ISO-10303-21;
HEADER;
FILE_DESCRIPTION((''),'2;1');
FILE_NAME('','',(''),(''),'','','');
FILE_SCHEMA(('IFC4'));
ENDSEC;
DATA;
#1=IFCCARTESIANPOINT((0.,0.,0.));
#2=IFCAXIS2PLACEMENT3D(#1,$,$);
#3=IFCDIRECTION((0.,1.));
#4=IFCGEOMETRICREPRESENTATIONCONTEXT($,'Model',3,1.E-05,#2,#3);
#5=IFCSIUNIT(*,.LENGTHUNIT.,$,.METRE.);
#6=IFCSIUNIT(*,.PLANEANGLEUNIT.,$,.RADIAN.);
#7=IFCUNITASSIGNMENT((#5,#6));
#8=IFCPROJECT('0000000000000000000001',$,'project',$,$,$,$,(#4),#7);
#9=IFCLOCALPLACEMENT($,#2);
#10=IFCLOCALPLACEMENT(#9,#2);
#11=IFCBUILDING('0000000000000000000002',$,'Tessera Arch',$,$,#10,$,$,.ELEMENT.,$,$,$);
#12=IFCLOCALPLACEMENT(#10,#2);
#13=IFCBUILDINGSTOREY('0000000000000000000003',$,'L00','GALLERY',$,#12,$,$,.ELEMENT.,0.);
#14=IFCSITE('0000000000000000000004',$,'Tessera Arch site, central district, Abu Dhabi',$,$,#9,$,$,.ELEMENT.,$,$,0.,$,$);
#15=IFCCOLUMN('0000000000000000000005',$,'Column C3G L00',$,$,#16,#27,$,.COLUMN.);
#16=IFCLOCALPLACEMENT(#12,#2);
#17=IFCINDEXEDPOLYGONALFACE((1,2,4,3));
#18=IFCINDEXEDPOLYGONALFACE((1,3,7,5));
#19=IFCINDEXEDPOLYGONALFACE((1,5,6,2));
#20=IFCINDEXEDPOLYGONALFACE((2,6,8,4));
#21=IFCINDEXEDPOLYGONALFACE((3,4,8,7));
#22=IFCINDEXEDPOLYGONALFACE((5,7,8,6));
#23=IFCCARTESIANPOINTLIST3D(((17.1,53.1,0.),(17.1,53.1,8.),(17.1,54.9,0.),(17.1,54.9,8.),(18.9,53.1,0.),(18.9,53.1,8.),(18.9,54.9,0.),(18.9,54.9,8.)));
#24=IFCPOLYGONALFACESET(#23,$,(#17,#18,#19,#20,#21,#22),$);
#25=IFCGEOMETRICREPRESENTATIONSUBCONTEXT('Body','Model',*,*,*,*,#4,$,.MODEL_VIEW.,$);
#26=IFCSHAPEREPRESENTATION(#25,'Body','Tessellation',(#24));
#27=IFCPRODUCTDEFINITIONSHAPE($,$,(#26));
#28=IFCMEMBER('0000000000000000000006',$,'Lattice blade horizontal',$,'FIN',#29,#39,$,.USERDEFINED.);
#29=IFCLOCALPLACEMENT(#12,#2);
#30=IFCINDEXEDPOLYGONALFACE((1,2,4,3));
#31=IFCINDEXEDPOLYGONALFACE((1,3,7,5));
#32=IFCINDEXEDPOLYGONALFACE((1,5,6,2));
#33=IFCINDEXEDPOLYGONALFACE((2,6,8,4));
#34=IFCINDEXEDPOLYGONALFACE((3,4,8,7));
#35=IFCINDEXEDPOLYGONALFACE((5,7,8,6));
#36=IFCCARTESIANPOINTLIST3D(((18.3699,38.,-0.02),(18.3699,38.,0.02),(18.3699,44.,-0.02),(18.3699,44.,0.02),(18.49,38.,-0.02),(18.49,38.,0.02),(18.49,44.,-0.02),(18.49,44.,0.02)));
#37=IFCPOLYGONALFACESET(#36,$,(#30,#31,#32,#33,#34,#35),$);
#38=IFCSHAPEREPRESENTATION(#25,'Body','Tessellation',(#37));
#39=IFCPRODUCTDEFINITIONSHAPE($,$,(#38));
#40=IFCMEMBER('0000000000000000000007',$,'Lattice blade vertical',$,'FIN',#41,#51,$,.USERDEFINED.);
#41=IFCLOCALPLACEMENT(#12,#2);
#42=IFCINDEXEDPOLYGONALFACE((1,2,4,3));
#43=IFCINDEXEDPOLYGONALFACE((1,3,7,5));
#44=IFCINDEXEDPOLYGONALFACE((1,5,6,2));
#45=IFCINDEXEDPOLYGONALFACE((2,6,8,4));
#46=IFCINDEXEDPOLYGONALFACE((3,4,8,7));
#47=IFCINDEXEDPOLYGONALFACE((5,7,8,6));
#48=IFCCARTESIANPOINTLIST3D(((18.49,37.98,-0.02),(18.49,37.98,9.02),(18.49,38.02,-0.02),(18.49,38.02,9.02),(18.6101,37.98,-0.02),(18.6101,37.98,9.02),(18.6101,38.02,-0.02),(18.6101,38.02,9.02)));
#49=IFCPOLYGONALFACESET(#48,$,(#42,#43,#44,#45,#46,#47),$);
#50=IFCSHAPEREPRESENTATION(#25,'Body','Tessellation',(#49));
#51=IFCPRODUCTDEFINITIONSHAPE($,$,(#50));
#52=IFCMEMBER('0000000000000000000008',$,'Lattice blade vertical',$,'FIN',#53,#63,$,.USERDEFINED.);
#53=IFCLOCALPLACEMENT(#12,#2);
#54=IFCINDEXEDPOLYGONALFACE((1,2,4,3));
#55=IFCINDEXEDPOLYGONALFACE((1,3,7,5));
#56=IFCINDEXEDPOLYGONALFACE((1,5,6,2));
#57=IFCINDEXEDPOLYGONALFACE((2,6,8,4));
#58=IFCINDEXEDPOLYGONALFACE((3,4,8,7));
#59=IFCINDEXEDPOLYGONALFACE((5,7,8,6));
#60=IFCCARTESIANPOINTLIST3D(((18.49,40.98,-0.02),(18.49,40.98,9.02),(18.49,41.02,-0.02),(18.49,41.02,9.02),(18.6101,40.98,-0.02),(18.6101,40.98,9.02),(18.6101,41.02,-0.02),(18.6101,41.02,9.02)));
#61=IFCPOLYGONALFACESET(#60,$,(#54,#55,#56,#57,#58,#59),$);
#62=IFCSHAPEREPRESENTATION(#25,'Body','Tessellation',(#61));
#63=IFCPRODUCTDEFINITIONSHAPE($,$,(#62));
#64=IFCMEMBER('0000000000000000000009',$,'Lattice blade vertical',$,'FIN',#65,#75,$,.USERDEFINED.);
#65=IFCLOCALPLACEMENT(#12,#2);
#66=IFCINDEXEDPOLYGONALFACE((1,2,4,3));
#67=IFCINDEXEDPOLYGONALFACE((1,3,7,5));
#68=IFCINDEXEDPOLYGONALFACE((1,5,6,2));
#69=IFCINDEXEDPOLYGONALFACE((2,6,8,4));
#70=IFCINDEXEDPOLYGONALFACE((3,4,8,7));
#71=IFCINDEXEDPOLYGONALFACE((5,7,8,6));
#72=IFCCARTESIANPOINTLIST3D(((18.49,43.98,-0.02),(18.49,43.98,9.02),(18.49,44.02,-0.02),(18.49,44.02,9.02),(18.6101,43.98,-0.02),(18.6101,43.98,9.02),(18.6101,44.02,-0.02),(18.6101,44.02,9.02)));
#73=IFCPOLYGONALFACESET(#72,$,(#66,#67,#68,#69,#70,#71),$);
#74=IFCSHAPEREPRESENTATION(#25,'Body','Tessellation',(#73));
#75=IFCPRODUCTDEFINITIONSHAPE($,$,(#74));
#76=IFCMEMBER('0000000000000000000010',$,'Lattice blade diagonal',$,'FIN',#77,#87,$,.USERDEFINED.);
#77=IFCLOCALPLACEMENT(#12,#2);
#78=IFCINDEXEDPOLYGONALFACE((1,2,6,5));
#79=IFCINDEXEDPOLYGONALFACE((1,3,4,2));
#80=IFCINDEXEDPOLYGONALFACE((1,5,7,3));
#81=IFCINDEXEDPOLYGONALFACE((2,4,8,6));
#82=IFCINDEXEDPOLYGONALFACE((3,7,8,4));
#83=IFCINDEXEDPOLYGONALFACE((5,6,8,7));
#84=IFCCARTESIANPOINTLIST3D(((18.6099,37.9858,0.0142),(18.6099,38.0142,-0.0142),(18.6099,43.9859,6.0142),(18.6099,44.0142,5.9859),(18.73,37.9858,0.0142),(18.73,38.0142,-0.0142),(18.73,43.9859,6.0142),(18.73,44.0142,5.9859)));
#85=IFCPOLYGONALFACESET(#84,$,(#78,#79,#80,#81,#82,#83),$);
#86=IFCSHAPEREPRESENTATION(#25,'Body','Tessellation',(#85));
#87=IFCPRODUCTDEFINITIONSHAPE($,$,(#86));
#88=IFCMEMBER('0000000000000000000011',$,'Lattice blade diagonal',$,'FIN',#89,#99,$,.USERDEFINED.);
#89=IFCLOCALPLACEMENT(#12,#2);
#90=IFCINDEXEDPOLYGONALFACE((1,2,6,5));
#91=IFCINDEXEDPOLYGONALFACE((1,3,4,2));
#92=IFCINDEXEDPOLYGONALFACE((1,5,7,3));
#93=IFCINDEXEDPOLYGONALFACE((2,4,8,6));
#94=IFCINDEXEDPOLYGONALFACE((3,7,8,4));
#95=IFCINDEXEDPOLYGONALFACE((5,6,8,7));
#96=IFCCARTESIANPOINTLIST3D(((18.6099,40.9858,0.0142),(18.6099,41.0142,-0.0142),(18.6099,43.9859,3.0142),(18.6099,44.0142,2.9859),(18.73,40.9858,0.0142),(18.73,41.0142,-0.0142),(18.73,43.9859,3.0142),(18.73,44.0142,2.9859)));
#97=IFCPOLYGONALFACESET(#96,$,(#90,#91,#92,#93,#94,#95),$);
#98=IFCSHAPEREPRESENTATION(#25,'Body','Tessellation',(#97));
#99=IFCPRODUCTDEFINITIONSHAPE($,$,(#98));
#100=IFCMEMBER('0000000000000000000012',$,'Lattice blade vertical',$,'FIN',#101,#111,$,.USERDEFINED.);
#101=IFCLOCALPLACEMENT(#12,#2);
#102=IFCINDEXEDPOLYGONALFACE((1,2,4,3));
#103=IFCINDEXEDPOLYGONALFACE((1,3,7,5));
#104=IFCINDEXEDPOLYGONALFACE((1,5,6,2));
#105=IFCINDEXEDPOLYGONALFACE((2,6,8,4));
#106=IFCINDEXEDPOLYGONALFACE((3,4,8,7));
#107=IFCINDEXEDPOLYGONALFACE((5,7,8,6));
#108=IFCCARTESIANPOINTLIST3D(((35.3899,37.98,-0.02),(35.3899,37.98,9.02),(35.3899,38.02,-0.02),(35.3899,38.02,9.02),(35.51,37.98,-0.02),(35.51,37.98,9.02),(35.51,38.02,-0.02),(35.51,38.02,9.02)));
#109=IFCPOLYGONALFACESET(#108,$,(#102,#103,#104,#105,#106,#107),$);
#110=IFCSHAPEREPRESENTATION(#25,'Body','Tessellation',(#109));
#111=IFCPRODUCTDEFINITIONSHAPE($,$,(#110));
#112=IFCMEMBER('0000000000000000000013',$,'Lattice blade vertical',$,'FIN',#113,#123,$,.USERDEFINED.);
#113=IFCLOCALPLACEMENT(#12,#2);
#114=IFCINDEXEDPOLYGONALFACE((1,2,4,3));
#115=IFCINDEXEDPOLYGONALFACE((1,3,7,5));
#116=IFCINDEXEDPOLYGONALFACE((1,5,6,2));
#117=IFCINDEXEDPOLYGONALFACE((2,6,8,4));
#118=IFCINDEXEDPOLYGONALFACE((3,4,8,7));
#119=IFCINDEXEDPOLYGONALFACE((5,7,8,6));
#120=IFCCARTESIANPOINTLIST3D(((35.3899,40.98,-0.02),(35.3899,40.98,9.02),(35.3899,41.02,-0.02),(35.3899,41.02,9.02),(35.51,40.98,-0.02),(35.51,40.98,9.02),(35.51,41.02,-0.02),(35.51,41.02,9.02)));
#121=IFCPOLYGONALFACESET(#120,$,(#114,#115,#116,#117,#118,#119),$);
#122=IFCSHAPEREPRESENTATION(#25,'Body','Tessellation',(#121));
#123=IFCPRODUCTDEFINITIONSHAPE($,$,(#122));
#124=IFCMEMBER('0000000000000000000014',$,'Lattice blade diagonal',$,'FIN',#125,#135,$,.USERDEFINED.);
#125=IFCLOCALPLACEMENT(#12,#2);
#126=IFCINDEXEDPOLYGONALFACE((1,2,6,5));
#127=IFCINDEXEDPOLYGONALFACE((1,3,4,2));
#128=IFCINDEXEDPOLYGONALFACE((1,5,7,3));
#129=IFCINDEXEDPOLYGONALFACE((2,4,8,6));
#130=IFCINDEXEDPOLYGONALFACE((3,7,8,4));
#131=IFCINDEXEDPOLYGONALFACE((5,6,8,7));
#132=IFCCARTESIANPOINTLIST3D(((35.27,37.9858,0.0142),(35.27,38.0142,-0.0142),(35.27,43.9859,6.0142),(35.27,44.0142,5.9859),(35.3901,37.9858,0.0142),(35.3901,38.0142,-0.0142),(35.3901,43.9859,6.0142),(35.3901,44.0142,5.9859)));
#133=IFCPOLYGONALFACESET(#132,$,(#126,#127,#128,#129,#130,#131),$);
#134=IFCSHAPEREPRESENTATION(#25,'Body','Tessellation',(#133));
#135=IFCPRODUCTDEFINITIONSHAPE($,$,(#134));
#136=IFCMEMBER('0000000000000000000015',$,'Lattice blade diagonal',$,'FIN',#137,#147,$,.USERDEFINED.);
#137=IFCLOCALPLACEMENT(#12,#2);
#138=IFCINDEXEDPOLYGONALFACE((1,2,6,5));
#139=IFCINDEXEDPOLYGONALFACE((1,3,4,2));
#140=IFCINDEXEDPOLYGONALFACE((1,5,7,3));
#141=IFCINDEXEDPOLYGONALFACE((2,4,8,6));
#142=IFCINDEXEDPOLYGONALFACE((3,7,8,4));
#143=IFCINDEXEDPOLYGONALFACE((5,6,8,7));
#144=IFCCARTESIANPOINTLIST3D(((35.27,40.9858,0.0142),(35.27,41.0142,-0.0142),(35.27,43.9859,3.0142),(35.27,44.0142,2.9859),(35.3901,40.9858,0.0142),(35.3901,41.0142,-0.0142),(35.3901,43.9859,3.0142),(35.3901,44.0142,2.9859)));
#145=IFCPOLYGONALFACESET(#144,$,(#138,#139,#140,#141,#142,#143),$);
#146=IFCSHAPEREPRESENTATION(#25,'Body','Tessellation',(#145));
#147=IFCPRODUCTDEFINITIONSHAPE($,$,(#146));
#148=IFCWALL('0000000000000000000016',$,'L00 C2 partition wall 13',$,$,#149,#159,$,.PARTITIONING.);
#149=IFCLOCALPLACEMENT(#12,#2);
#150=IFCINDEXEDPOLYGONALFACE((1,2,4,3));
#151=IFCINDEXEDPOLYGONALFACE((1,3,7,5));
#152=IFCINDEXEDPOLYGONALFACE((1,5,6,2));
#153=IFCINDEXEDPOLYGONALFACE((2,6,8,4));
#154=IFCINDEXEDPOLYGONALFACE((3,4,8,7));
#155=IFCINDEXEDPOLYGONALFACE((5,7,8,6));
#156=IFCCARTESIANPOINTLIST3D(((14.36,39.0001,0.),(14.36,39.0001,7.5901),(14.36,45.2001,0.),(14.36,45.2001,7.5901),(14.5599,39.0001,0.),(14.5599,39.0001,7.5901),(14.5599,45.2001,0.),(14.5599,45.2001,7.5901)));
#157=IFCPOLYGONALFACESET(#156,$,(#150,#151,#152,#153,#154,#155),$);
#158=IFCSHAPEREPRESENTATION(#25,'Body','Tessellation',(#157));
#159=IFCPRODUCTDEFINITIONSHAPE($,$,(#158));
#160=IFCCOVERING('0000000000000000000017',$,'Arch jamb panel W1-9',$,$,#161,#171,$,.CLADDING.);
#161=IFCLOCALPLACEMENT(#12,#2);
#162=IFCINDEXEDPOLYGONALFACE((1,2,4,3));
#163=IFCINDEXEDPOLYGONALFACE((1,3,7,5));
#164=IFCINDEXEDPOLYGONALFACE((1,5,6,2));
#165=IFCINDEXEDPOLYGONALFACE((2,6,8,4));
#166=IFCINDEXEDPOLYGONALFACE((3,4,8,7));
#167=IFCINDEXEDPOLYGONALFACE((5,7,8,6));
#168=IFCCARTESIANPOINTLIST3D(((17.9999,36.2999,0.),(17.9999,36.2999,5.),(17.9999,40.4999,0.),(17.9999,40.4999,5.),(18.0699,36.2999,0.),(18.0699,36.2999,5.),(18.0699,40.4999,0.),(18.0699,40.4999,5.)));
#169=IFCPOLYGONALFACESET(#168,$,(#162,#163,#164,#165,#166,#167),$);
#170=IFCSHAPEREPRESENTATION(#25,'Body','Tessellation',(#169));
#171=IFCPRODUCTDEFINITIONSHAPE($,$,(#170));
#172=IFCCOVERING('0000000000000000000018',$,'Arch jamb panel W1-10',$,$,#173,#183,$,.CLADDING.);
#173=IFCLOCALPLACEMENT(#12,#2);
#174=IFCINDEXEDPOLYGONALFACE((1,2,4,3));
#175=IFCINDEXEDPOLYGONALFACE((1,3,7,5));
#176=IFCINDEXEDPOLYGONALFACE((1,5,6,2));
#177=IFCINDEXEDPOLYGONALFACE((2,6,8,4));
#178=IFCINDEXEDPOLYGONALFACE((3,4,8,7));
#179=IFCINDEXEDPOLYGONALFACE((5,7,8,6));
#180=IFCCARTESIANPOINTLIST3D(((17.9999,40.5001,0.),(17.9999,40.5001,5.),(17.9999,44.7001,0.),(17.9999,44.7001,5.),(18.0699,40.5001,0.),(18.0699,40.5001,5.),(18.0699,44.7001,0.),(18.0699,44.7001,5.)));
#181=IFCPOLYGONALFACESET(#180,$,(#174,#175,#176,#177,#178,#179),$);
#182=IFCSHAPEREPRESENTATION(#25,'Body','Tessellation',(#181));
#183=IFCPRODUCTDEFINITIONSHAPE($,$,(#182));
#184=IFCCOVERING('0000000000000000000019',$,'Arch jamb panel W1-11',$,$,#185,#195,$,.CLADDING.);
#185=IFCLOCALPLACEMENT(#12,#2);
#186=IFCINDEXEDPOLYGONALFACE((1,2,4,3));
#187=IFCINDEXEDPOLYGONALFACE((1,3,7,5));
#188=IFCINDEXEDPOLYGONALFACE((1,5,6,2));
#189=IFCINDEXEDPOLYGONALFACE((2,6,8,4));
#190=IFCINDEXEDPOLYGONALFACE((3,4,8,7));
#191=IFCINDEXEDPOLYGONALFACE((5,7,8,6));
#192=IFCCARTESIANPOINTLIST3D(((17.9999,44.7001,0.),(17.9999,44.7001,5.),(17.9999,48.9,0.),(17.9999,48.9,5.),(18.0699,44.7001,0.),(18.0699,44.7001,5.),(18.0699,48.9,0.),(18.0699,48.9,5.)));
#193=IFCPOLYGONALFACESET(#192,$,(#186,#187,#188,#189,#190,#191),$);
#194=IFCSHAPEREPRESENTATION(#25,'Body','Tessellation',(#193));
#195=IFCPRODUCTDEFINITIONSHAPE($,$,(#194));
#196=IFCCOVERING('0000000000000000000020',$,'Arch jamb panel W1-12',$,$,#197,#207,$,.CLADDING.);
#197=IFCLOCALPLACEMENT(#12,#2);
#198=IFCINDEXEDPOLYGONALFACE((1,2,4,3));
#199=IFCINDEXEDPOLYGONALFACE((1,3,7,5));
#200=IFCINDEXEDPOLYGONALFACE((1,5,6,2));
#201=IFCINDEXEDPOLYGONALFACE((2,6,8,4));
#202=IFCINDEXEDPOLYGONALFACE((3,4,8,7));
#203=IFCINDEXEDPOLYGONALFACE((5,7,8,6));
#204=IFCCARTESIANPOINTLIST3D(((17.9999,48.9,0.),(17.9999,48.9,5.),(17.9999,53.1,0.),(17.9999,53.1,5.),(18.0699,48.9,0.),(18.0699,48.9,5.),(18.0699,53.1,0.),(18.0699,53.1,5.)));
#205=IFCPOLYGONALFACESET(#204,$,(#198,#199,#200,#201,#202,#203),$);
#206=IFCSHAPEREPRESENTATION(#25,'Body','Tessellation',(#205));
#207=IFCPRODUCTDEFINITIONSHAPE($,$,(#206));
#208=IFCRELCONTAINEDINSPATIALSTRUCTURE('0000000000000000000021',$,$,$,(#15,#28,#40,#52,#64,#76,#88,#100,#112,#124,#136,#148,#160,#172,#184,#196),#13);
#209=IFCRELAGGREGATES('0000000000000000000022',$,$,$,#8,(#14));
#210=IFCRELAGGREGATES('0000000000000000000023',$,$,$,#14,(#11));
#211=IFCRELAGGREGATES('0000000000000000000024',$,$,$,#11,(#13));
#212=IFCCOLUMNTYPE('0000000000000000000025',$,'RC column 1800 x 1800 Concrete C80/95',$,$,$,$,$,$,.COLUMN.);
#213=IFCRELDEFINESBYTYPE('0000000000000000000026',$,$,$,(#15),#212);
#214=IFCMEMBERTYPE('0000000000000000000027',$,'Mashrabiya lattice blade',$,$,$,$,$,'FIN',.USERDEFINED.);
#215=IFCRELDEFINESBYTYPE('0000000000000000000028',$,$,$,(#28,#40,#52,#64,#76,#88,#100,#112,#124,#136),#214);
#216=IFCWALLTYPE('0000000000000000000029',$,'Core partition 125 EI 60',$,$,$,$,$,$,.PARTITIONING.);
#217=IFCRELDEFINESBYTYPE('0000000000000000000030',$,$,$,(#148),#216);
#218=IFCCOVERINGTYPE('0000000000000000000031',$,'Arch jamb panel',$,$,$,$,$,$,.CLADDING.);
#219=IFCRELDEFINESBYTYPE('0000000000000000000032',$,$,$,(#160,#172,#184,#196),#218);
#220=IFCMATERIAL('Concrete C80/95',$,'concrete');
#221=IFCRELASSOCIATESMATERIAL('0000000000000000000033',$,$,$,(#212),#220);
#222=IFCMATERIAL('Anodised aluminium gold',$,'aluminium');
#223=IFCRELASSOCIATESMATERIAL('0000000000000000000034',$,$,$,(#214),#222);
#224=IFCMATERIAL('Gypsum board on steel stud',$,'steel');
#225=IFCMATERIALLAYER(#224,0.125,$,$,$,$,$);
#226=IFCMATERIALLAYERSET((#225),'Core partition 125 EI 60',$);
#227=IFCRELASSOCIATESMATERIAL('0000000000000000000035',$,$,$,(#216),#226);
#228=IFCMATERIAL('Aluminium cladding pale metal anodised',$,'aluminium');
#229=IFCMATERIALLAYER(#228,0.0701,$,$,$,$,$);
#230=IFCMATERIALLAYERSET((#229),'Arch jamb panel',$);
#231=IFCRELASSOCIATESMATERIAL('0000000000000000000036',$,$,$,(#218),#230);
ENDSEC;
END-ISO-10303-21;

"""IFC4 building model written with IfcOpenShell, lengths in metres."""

from ifc_helpers import new_model, si_unit, direction, frame, frame_2d, origin, origin_2d, place, context, subcontext, project, spatial, rectangle, extrude, material, layer, layer_set, material_profile, profile_set, type_object, element, save


model = new_model("IFC4")

# Units and contexts
model_context = context("Model", 3, precision=1e-05, world=origin(), true_north=direction((0.0, 1.0)))
body_context = subcontext(model_context, "Body", "Model", "MODEL_VIEW")
ifc_project = project(units=[si_unit("LENGTHUNIT", "METRE"), si_unit("PLANEANGLEUNIT", "RADIAN")], contexts=[model_context])

# Site, building, storey
site_placement = place(None, origin())
site = spatial("IfcSite", under=ifc_project, at=site_placement, Name="Tessera Arch site, central district, Abu Dhabi", CompositionType="ELEMENT", RefElevation=0.0)
building_placement = place(site_placement, origin())
building = spatial("IfcBuilding", under=site, at=building_placement, Name="Tessera Arch", CompositionType="ELEMENT")
storey_placement = place(building_placement, origin())
storey = spatial("IfcBuildingStorey", under=building, at=storey_placement, Name="L00", Description="GALLERY", CompositionType="ELEMENT", Elevation=0.0)

# Column
ifc_material_1 = material(Name="Concrete C80/95", Category="concrete")
ifc_material_profile_1 = material_profile(ifc_material_1, rectangle(XDim=1.8, YDim=1.8, at=origin_2d()), Name="RC column 1800 x 1800 Concrete C80/95")
ifc_profile_set_1 = profile_set([ifc_material_profile_1], Name="Concrete C80/95")
column_type = type_object("IfcColumnType", Name="RC column 1800 x 1800 Concrete C80/95", PredefinedType="COLUMN", material=ifc_profile_set_1)
column_placement = place(storey_placement, frame((18.0, 54.0, 0.0), z_axis=(0.0, 0.0, 1.0), x_axis=(1.0, 0.0, 0.0)))
element("IfcColumn", 1, at=column_placement, inside=storey, type_object=column_type, Name="Column C3G L00", PredefinedType="COLUMN", context=body_context, shape_type="SweptSolid", body=[
    extrude(rectangle(XDim=1.8, YDim=1.8, at=origin_2d()), origin(), (0.0, 0.0, 1.0), 8.0),
])

# Members
ifc_material_2 = material(Name="Anodised aluminium gold", Category="aluminium")
ifc_material_profile_2 = material_profile(ifc_material_2, rectangle(XDim=0.1201, YDim=0.04, at=origin_2d()), Name="AL 40x120")
ifc_profile_set_2 = profile_set([ifc_material_profile_2], Name="Anodised aluminium gold")
member_type = type_object("IfcMemberType", Name="Mashrabiya lattice blade", ElementType="FIN", PredefinedType="USERDEFINED", material=ifc_profile_set_2)
member_1_placement = place(storey_placement, frame((18.4299, 38.0, 0.0), z_axis=(0.0, 1.0, 0.0), x_axis=(-1.0, 0.0, 0.0)))
element("IfcMember", 2, at=member_1_placement, inside=storey, type_object=member_type, Name="Lattice blade horizontal", ObjectType="FIN", PredefinedType="USERDEFINED", context=body_context, shape_type="SweptSolid", body=[
    extrude(rectangle(XDim=0.1201, YDim=0.04, at=origin_2d()), origin(), (0.0, 0.0, 1.0), 6.0),
])
for number, where, z_axis, x_axis, name in (
    (3, (18.55, 38.0, -0.02), (0.0, 0.0, 1.0), (1.0, 0.0, 0.0), "Lattice blade vertical"),
    (4, (18.55, 41.0, -0.02), (0.0, 0.0, 1.0), (1.0, 0.0, 0.0), "Lattice blade vertical"),
    (5, (18.55, 44.0, -0.02), (0.0, 0.0, 1.0), (1.0, 0.0, 0.0), "Lattice blade vertical"),
):
    element("IfcMember", number, at=place(storey_placement, frame(where, z_axis=z_axis, x_axis=x_axis)), inside=storey, type_object=member_type, Name=name, ObjectType="FIN", PredefinedType="USERDEFINED", context=body_context, shape_type="SweptSolid", body=[
        extrude(rectangle(XDim=0.1201, YDim=0.04, at=origin_2d()), origin(), (0.0, 0.0, 1.0), 9.04),
    ])
member_2_placement = place(storey_placement, frame((18.6699, 38.0, 0.0), z_axis=(0.0, 0.707107, 0.707107), x_axis=(-1.0, 0.0, 0.0)))
element("IfcMember", 6, at=member_2_placement, inside=storey, type_object=member_type, Name="Lattice blade diagonal", ObjectType="FIN", PredefinedType="USERDEFINED", context=body_context, shape_type="SweptSolid", body=[
    extrude(rectangle(XDim=0.1201, YDim=0.04, at=origin_2d()), origin(), (0.0, 0.0, 1.0), 8.4854),
])
member_3_placement = place(storey_placement, frame((18.6699, 41.0, 0.0), z_axis=(0.0, 0.707107, 0.707107), x_axis=(-1.0, 0.0, 0.0)))
element("IfcMember", 7, at=member_3_placement, inside=storey, type_object=member_type, Name="Lattice blade diagonal", ObjectType="FIN", PredefinedType="USERDEFINED", context=body_context, shape_type="SweptSolid", body=[
    extrude(rectangle(XDim=0.1201, YDim=0.04, at=origin_2d()), origin(), (0.0, 0.0, 1.0), 4.2427),
])
for number, where, z_axis, x_axis, name in (
    (8, (35.45, 38.0, -0.02), (0.0, 0.0, 1.0), (-1.0, 0.0, 0.0), "Lattice blade vertical"),
    (9, (35.45, 41.0, -0.02), (0.0, 0.0, 1.0), (-1.0, 0.0, 0.0), "Lattice blade vertical"),
):
    element("IfcMember", number, at=place(storey_placement, frame(where, z_axis=z_axis, x_axis=x_axis)), inside=storey, type_object=member_type, Name=name, ObjectType="FIN", PredefinedType="USERDEFINED", context=body_context, shape_type="SweptSolid", body=[
        extrude(rectangle(XDim=0.1201, YDim=0.04, at=origin_2d()), origin(), (0.0, 0.0, 1.0), 9.04),
    ])
member_4_placement = place(storey_placement, frame((35.3301, 38.0, 0.0), z_axis=(0.0, 0.707107, 0.707107), x_axis=(-1.0, 0.0, 0.0)))
element("IfcMember", 10, at=member_4_placement, inside=storey, type_object=member_type, Name="Lattice blade diagonal", ObjectType="FIN", PredefinedType="USERDEFINED", context=body_context, shape_type="SweptSolid", body=[
    extrude(rectangle(XDim=0.1201, YDim=0.04, at=origin_2d()), origin(), (0.0, 0.0, 1.0), 8.4854),
])
member_5_placement = place(storey_placement, frame((35.3301, 41.0, 0.0), z_axis=(0.0, 0.707107, 0.707107), x_axis=(-1.0, 0.0, 0.0)))
element("IfcMember", 11, at=member_5_placement, inside=storey, type_object=member_type, Name="Lattice blade diagonal", ObjectType="FIN", PredefinedType="USERDEFINED", context=body_context, shape_type="SweptSolid", body=[
    extrude(rectangle(XDim=0.1201, YDim=0.04, at=origin_2d()), origin(), (0.0, 0.0, 1.0), 4.2427),
])

# Wall
ifc_material_3 = material(Name="Gypsum board on steel stud", Category="steel")
ifc_layer_1 = layer(ifc_material_3, 0.125)
ifc_layer_set_1 = layer_set([ifc_layer_1], Name="Core partition 125 EI 60")
wall_type_1 = type_object("IfcWallType", Name="Core partition 125 EI 60", PredefinedType="PARTITIONING", material=ifc_layer_set_1)
wall_1_placement = place(storey_placement, frame((14.46, 39.0, 0.0), z_axis=(0.0, 0.0, 1.0), x_axis=(0.0, 1.0, 0.0)))
element("IfcWall", 12, at=wall_1_placement, inside=storey, type_object=wall_type_1, Name="L00 C2 partition wall 13", PredefinedType="PARTITIONING", context=body_context, shape_type="SweptSolid", body=[
    extrude(rectangle(XDim=6.2, YDim=0.2, at=frame_2d((3.1001, 0.0))), origin(), (0.0, 0.0, 1.0), 7.5901),
])

# Coverings
ifc_material_4 = material(Name="Aluminium cladding pale metal anodised", Category="aluminium")
ifc_layer_2 = layer(ifc_material_4, 0.0701)
ifc_layer_set_2 = layer_set([ifc_layer_2], Name="Arch jamb panel")
covering_type = type_object("IfcCoveringType", Name="Arch jamb panel", PredefinedType="CLADDING", material=ifc_layer_set_2)
for number, where, z_axis, x_axis, name in (
    (13, (18.0349, 38.3999, 0.0), (0.0, 0.0, 1.0), (1.0, 0.0, 0.0), "Arch jamb panel W1-9"),
    (14, (18.0349, 42.6001, 0.0), (0.0, 0.0, 1.0), (1.0, 0.0, 0.0), "Arch jamb panel W1-10"),
    (15, (18.0349, 46.8, 0.0), (0.0, 0.0, 1.0), (1.0, 0.0, 0.0), "Arch jamb panel W1-11"),
    (16, (18.0349, 51.0, 0.0), (0.0, 0.0, 1.0), (1.0, 0.0, 0.0), "Arch jamb panel W1-12"),
):
    element("IfcCovering", number, at=place(storey_placement, frame(where, z_axis=z_axis, x_axis=x_axis)), inside=storey, type_object=covering_type, Name=name, PredefinedType="CLADDING", context=body_context, shape_type="SweptSolid", body=[
        extrude(rectangle(XDim=0.0701, YDim=4.2, at=origin_2d()), origin(), (0.0, 0.0, 1.0), 5.0),
    ])

save(model, "model.ifc")
